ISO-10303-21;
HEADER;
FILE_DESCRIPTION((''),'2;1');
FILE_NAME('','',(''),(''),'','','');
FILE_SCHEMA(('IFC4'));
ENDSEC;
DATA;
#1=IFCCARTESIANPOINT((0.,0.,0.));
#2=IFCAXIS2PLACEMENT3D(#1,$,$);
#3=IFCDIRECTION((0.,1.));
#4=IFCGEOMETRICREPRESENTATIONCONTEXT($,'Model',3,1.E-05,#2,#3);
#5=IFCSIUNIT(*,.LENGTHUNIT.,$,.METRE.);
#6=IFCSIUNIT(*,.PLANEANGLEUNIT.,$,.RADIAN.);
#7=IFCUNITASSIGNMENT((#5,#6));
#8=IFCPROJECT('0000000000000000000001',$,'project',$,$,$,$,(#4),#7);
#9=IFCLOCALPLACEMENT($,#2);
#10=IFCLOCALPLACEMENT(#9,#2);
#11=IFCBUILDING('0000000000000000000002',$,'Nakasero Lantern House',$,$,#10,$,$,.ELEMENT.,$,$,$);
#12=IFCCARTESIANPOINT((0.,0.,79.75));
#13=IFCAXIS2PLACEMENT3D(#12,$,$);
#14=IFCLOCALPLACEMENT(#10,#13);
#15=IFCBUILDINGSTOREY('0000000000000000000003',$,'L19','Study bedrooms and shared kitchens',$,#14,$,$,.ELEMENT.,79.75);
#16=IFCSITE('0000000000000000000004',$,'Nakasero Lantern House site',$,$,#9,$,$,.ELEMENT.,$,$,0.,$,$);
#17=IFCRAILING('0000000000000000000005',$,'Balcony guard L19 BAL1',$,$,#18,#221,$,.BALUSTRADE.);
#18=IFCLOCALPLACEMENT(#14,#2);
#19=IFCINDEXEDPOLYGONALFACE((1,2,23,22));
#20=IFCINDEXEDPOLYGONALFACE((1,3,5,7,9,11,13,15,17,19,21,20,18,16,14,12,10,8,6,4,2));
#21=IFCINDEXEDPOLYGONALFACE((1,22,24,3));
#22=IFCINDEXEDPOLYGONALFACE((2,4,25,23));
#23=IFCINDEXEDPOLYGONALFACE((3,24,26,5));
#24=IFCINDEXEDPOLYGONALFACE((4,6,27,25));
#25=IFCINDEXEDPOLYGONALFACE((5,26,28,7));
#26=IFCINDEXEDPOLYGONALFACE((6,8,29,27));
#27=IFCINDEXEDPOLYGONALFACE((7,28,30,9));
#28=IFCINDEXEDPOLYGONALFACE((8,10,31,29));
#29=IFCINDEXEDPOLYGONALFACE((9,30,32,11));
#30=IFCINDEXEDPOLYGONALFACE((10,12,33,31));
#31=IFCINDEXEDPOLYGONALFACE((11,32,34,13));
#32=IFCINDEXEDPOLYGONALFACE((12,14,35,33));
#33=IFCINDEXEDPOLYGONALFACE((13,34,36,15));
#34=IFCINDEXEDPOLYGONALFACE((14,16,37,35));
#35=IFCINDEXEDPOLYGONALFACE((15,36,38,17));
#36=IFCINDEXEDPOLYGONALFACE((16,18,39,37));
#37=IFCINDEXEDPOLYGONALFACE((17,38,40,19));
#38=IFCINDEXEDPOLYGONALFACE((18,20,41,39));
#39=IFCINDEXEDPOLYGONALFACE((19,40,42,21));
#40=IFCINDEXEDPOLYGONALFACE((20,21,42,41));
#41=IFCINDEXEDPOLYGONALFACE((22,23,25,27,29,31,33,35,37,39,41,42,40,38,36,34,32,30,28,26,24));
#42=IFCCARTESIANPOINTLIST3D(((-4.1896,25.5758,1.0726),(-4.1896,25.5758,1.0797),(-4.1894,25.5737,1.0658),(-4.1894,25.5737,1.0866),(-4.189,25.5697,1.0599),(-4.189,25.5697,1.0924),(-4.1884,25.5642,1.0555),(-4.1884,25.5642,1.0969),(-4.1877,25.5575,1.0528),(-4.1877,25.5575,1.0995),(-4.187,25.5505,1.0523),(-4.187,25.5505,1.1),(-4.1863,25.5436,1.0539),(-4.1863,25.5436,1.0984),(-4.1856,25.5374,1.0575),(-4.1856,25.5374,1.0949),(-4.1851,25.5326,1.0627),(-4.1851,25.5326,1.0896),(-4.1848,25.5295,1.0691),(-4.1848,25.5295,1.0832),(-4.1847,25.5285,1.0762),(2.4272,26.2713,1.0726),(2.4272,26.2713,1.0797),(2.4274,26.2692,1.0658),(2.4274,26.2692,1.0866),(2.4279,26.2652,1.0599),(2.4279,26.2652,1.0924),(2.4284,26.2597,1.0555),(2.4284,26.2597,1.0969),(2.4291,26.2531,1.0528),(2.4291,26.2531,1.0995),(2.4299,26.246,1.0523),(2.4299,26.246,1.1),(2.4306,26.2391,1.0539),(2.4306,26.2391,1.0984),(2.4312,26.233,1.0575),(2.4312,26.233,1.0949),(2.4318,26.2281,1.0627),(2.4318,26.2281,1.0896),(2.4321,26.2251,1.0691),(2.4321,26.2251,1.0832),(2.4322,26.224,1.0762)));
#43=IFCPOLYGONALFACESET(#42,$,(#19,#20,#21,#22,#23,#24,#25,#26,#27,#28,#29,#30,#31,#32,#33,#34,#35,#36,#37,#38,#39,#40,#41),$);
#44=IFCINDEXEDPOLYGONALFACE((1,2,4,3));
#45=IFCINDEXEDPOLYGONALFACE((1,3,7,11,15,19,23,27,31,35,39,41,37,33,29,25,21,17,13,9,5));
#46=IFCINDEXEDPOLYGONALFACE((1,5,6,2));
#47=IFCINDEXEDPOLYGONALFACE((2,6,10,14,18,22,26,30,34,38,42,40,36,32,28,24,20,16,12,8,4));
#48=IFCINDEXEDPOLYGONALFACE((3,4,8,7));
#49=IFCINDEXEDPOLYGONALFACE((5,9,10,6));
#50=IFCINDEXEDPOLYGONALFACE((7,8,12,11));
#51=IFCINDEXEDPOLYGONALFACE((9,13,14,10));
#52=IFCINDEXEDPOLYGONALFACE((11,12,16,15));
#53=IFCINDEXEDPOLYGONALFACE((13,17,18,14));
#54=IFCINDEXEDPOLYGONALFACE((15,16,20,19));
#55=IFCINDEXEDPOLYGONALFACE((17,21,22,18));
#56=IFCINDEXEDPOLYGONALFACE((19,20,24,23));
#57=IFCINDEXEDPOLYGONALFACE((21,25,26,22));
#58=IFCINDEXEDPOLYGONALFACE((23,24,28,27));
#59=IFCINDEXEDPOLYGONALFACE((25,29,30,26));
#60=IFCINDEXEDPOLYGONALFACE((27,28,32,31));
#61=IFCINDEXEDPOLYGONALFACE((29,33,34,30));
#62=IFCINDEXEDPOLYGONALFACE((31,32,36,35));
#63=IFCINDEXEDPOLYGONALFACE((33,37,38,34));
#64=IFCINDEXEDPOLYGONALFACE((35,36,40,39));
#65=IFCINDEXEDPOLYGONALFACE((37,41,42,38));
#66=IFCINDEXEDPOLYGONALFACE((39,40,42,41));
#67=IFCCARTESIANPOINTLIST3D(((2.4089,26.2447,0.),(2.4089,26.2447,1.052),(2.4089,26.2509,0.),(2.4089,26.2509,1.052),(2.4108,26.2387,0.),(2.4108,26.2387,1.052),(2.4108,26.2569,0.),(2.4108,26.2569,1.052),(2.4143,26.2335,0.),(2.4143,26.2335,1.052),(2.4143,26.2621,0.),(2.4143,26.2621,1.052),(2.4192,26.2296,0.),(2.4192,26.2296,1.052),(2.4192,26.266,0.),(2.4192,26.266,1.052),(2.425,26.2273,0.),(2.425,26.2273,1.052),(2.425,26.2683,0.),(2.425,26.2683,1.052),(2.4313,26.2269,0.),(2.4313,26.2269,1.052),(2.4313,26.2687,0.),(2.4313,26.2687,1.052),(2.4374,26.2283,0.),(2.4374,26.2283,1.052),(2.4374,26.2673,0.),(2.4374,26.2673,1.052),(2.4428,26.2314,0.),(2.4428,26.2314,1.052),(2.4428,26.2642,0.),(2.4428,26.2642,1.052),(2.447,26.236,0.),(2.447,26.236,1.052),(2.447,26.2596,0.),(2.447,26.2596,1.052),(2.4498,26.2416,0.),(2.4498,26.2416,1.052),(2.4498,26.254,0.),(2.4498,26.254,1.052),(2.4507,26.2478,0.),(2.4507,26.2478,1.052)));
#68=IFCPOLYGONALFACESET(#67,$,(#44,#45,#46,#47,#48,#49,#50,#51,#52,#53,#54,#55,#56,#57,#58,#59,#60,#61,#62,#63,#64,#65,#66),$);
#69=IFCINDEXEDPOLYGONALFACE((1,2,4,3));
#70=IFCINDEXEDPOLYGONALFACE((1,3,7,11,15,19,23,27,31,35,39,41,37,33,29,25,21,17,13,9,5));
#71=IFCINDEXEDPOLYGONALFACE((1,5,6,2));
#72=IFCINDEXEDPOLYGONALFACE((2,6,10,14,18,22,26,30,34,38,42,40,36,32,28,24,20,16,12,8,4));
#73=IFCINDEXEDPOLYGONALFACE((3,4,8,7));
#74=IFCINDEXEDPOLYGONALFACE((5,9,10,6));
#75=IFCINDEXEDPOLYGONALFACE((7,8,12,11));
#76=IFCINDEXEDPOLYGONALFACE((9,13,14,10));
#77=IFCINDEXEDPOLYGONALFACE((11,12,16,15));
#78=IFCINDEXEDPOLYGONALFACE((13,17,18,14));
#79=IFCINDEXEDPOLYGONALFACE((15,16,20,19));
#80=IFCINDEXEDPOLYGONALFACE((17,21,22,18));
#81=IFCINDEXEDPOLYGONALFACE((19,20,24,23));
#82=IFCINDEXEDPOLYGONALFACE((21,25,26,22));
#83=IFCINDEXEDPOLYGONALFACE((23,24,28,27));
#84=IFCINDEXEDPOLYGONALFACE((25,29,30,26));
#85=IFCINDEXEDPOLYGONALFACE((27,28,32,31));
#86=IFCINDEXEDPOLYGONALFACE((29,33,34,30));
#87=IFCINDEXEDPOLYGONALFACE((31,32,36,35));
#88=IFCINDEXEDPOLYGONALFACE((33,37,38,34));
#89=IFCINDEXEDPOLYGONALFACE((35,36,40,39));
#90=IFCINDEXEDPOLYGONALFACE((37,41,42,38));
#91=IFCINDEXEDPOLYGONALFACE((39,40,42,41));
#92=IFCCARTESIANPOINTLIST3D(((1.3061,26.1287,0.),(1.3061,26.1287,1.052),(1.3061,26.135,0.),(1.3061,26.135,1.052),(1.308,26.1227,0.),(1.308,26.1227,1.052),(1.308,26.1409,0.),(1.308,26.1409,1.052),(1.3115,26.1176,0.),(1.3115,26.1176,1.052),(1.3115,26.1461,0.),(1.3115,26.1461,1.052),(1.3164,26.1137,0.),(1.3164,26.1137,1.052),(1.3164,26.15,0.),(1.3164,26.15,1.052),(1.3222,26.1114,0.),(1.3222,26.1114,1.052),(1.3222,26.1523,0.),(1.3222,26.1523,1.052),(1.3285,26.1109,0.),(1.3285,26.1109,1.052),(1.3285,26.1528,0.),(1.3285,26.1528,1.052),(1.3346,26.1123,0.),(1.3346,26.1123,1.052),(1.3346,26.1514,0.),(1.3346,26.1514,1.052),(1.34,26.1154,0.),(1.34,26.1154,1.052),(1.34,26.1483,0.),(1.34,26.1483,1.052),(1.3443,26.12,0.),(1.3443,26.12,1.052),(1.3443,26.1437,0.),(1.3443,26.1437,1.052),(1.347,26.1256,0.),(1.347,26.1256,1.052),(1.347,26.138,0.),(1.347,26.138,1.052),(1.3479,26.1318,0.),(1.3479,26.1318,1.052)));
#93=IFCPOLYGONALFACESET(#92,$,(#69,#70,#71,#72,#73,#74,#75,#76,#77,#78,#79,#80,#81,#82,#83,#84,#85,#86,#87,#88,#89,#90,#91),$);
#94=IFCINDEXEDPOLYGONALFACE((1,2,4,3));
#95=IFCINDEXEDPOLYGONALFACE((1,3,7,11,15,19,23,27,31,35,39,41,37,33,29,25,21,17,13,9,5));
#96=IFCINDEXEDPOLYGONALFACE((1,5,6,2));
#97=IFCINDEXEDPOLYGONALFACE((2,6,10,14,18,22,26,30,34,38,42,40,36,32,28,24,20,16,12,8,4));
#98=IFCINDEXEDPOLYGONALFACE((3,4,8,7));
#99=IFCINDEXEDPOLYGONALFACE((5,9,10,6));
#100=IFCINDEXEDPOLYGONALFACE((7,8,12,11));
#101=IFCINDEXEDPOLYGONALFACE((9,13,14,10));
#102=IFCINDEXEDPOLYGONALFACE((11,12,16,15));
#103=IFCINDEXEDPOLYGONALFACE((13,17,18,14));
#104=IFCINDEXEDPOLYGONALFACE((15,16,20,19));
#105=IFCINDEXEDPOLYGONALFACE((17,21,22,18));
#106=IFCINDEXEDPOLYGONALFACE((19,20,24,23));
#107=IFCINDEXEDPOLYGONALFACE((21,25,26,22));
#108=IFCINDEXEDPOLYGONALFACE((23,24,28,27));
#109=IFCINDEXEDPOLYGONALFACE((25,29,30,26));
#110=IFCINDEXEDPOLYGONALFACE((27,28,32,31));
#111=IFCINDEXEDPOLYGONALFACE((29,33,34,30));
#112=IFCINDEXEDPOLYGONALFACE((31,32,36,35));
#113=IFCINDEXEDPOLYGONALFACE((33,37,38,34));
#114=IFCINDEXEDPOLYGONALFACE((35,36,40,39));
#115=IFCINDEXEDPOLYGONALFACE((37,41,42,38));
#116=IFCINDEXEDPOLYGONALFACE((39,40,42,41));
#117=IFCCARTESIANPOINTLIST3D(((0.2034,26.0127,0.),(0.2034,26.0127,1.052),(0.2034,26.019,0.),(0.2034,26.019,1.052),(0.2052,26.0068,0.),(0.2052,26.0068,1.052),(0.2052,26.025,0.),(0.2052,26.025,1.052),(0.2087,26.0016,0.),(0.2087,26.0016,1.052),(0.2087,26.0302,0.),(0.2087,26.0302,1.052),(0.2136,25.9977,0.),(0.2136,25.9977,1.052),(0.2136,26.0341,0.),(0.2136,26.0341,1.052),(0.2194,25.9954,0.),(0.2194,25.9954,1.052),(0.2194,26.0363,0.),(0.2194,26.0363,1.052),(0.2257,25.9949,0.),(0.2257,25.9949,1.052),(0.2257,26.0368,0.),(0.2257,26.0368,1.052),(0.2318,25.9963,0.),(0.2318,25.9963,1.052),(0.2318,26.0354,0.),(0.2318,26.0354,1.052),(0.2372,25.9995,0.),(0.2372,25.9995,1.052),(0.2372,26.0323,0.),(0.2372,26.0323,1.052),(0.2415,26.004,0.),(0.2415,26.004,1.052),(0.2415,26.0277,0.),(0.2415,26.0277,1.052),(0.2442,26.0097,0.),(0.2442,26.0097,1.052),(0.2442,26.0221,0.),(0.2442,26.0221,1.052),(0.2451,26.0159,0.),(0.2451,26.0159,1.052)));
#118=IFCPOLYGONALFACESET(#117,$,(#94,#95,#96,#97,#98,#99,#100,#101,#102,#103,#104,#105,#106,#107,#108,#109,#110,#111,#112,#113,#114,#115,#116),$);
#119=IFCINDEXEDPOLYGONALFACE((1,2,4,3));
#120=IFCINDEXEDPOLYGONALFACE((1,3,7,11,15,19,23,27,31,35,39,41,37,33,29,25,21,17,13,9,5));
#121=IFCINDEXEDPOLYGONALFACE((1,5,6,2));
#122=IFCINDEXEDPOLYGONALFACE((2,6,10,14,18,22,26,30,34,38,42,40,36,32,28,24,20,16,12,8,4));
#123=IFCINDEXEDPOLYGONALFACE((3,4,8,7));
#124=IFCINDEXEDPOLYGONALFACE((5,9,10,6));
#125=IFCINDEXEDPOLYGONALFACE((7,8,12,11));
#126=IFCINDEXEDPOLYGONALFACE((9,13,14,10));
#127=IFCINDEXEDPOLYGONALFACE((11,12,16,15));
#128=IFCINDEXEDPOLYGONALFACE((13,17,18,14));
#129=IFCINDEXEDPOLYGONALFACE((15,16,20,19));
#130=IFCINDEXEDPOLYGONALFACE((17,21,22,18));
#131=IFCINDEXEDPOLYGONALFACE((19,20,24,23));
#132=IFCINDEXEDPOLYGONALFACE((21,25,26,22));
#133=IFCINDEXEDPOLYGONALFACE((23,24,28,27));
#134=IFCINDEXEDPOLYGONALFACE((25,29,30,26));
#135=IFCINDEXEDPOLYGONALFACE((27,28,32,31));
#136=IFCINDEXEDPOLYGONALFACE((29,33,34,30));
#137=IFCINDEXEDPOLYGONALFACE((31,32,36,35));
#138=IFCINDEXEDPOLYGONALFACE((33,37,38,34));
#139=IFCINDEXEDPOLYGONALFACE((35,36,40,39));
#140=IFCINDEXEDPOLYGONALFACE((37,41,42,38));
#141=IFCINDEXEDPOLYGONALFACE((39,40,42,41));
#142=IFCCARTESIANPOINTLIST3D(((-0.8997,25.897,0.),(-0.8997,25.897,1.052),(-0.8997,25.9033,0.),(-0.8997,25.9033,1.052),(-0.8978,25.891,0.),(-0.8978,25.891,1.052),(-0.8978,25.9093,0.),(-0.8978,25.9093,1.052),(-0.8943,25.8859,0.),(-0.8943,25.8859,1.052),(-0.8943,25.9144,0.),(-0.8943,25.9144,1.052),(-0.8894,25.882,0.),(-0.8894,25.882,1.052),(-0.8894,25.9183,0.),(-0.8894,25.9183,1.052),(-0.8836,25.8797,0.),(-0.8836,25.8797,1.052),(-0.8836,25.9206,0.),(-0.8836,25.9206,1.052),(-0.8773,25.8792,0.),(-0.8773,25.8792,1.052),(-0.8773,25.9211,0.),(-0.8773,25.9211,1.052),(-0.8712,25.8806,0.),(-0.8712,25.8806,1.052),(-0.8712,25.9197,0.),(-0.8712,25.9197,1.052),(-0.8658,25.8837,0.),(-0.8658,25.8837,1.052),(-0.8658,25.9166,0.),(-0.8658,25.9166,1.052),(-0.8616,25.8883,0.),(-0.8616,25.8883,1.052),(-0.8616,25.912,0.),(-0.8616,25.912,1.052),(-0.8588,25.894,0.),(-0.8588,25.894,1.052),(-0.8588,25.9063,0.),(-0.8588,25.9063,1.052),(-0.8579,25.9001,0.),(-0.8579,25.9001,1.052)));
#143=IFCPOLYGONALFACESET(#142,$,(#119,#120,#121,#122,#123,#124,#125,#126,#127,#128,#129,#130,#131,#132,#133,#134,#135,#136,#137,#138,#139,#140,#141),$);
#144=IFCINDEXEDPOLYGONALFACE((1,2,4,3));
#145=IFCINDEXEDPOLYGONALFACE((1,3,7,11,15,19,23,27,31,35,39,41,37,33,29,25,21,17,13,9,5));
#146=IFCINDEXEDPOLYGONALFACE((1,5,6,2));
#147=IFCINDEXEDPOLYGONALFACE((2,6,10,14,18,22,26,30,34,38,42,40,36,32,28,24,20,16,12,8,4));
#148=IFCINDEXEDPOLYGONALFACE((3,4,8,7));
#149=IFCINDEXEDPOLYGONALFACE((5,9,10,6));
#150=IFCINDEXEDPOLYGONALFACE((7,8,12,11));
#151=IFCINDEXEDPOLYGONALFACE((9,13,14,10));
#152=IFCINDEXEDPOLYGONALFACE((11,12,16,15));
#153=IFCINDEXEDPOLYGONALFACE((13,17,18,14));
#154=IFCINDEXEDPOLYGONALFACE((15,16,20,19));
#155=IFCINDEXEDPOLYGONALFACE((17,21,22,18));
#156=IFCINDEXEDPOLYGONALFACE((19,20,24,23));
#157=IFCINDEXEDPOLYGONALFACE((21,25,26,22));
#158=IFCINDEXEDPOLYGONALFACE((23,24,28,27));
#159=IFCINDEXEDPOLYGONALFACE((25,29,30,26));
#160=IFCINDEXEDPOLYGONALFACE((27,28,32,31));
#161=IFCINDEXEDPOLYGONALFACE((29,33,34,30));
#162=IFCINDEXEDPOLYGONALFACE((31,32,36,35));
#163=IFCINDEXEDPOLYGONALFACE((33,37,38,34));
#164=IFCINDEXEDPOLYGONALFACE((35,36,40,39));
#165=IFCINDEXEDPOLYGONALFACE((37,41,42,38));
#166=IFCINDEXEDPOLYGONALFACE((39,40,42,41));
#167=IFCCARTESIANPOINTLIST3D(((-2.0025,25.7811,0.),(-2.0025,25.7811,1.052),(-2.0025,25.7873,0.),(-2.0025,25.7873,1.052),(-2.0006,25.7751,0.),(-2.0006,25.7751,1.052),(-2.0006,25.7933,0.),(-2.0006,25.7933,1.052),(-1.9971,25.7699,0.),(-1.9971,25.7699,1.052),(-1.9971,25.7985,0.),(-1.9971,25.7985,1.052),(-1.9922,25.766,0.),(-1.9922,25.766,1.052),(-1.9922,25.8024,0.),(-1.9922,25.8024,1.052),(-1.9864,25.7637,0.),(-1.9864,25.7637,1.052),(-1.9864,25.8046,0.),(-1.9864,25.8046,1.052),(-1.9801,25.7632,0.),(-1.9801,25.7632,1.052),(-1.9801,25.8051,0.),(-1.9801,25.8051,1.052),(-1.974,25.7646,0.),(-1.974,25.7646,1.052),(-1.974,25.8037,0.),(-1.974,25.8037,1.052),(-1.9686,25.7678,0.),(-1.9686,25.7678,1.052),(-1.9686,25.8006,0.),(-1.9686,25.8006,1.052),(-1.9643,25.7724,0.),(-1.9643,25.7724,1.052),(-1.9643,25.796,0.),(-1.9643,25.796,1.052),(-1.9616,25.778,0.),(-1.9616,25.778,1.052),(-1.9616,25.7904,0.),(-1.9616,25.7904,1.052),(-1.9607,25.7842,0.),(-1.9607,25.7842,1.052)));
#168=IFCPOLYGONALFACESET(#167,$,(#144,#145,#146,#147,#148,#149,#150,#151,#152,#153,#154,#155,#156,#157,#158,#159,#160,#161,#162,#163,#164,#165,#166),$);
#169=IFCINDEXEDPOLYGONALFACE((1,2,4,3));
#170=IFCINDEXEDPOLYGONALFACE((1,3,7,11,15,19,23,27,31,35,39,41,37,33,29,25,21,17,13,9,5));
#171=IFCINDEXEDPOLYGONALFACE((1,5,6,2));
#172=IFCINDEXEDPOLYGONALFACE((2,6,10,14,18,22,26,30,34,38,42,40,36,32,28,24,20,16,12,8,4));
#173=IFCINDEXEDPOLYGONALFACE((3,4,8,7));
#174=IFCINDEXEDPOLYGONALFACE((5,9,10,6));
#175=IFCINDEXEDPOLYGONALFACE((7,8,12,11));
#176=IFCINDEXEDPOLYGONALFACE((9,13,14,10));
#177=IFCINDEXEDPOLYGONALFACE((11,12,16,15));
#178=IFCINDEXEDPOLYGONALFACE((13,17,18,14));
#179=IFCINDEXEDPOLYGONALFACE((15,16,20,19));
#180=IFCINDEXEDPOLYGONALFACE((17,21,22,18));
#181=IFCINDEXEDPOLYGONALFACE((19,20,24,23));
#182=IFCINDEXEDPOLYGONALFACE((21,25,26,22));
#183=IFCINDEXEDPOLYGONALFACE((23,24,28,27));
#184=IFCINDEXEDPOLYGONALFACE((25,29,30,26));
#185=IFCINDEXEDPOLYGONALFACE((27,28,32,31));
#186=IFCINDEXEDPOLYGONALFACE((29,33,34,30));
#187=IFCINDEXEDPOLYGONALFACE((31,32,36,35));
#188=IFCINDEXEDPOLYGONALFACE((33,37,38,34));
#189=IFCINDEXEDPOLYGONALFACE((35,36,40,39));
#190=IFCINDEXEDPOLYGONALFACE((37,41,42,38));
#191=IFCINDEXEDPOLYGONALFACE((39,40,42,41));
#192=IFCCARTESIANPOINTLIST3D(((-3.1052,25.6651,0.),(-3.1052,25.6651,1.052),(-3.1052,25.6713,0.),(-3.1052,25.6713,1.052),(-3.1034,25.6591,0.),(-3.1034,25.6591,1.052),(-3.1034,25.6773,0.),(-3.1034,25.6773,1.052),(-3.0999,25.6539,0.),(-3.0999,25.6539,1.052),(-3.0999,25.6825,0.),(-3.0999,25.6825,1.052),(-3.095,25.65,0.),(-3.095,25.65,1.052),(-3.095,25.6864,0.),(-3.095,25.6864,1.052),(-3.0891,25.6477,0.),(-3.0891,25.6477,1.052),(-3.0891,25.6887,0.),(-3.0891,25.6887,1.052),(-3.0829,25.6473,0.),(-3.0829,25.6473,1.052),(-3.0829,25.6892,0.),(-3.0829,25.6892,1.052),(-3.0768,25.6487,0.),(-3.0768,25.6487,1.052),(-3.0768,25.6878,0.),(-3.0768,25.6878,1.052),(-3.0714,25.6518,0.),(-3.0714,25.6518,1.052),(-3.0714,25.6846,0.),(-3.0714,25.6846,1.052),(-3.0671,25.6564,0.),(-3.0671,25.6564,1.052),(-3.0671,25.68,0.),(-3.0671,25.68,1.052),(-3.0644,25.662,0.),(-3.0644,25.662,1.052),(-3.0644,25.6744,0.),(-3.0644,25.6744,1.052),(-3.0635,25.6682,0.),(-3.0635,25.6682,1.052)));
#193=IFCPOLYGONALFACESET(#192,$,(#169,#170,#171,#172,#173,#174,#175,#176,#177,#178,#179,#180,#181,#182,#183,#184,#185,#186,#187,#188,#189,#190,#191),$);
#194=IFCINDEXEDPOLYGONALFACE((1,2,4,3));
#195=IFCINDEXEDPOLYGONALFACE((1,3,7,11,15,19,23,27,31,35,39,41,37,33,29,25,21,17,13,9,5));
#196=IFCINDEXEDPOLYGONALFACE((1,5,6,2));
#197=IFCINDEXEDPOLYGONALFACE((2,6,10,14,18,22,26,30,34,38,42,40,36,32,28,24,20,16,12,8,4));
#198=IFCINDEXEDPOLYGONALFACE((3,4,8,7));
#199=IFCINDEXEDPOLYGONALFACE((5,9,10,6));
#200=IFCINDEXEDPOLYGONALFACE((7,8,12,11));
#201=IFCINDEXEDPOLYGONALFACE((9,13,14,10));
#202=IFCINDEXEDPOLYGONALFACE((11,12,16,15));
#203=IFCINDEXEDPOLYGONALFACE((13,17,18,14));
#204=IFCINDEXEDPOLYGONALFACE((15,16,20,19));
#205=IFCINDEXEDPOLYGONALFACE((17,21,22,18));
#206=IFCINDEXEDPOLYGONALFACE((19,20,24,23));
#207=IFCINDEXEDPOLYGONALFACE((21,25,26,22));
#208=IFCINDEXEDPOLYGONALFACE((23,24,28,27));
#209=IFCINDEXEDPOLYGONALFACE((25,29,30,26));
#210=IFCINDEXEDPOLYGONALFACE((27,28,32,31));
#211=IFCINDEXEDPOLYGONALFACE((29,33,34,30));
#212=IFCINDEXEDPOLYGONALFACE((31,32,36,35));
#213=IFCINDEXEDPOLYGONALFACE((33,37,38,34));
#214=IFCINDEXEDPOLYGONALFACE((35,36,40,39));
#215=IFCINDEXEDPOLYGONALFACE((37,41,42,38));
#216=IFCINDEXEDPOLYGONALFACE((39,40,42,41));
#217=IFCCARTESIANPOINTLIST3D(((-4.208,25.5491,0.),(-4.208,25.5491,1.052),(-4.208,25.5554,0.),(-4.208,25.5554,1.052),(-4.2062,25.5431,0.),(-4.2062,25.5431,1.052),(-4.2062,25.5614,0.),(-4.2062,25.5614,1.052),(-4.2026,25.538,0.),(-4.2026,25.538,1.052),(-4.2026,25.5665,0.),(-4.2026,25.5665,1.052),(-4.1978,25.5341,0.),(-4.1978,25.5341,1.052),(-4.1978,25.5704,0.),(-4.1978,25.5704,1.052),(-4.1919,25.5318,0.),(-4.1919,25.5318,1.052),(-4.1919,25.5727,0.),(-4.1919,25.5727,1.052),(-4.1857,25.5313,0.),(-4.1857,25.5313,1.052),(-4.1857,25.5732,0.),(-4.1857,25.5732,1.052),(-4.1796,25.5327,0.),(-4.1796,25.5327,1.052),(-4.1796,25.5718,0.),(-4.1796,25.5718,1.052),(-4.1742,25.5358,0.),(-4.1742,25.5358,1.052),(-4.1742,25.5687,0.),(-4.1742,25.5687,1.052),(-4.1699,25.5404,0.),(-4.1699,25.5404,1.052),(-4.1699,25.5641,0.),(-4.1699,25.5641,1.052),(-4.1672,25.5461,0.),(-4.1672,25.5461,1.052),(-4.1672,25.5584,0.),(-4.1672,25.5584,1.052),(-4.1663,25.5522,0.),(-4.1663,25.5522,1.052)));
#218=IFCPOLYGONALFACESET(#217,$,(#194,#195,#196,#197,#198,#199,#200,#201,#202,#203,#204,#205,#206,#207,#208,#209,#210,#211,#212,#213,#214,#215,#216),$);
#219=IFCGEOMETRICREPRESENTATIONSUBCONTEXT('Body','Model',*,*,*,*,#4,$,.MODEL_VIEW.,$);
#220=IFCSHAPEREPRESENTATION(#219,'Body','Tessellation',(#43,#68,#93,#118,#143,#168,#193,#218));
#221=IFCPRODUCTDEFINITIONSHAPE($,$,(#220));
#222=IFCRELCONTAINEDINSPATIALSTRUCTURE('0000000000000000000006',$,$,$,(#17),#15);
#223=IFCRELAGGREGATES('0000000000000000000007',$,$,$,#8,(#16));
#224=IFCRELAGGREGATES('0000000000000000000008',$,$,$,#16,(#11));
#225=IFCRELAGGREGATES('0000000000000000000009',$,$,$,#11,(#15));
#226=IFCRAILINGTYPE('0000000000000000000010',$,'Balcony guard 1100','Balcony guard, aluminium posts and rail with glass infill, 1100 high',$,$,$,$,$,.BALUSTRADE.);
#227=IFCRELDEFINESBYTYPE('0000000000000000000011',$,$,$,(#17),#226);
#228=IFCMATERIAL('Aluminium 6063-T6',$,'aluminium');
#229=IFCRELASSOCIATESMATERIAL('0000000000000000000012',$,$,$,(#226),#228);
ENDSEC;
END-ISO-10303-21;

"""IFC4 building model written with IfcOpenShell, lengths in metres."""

from ifc_helpers import new_model, si_unit, direction, frame, origin, origin_2d, place, context, subcontext, project, spatial, circle, extrude, material, type_object, element, save


model = new_model("IFC4")

# Units and contexts
model_context = context("Model", 3, precision=1e-05, world=origin(), true_north=direction((0.0, 1.0)))
body_context = subcontext(model_context, "Body", "Model", "MODEL_VIEW")
ifc_project = project(units=[si_unit("LENGTHUNIT", "METRE"), si_unit("PLANEANGLEUNIT", "RADIAN")], contexts=[model_context])

# Site, building, storey
site_placement = place(None, origin())
site = spatial("IfcSite", under=ifc_project, at=site_placement, Name="Nakasero Lantern House site", CompositionType="ELEMENT", RefElevation=0.0)
building_placement = place(site_placement, origin())
building = spatial("IfcBuilding", under=site, at=building_placement, Name="Nakasero Lantern House", CompositionType="ELEMENT")
storey_placement = place(building_placement, frame((0.0, 0.0, 79.75)))
storey = spatial("IfcBuildingStorey", under=building, at=storey_placement, Name="L19", Description="Study bedrooms and shared kitchens", CompositionType="ELEMENT", Elevation=79.75)

# Railing
ifc_material_1 = material(Name="Aluminium 6063-T6", Category="aluminium")
railing_type = type_object("IfcRailingType", Name="Balcony guard 1100", Description="Balcony guard, aluminium posts and rail with glass infill, 1100 high", PredefinedType="BALUSTRADE", material=ifc_material_1)
railing_placement = place(storey_placement, frame((2.4297, 26.2478, 0.0)))
element("IfcRailing", 1, at=railing_placement, inside=storey, type_object=railing_type, Name="Balcony guard L19 BAL1", PredefinedType="BALUSTRADE", context=body_context, shape_type="SweptSolid", body=[
    extrude(circle(Radius=0.0239, at=origin_2d()), frame((0.0, 0.0, 1.0762), z_axis=(-0.994521, -0.104542, 0.0), x_axis=(0.104542, -0.994521, 0.0)), (0.0, 0.0, 1.0), 6.6533),
    extrude(circle(Radius=0.021, at=origin_2d()), origin(), (0.0, 0.0, 1.0), 1.052),
    extrude(circle(Radius=0.021, at=origin_2d()), frame((-1.1028, -0.116, 0.0)), (0.0, 0.0, 1.0), 1.052),
    extrude(circle(Radius=0.021, at=origin_2d()), frame((-2.2056, -0.2319, 0.0)), (0.0, 0.0, 1.0), 1.052),
    extrude(circle(Radius=0.021, at=origin_2d()), frame((-3.3086, -0.3477, 0.0)), (0.0, 0.0, 1.0), 1.052),
    extrude(circle(Radius=0.021, at=origin_2d()), frame((-4.4114, -0.4636, 0.0)), (0.0, 0.0, 1.0), 1.052),
    extrude(circle(Radius=0.021, at=origin_2d()), frame((-5.5142, -0.5796, 0.0)), (0.0, 0.0, 1.0), 1.052),
    extrude(circle(Radius=0.021, at=origin_2d()), frame((-6.6169, -0.6956, 0.0)), (0.0, 0.0, 1.0), 1.052),
])

save(model, "model.ifc")
